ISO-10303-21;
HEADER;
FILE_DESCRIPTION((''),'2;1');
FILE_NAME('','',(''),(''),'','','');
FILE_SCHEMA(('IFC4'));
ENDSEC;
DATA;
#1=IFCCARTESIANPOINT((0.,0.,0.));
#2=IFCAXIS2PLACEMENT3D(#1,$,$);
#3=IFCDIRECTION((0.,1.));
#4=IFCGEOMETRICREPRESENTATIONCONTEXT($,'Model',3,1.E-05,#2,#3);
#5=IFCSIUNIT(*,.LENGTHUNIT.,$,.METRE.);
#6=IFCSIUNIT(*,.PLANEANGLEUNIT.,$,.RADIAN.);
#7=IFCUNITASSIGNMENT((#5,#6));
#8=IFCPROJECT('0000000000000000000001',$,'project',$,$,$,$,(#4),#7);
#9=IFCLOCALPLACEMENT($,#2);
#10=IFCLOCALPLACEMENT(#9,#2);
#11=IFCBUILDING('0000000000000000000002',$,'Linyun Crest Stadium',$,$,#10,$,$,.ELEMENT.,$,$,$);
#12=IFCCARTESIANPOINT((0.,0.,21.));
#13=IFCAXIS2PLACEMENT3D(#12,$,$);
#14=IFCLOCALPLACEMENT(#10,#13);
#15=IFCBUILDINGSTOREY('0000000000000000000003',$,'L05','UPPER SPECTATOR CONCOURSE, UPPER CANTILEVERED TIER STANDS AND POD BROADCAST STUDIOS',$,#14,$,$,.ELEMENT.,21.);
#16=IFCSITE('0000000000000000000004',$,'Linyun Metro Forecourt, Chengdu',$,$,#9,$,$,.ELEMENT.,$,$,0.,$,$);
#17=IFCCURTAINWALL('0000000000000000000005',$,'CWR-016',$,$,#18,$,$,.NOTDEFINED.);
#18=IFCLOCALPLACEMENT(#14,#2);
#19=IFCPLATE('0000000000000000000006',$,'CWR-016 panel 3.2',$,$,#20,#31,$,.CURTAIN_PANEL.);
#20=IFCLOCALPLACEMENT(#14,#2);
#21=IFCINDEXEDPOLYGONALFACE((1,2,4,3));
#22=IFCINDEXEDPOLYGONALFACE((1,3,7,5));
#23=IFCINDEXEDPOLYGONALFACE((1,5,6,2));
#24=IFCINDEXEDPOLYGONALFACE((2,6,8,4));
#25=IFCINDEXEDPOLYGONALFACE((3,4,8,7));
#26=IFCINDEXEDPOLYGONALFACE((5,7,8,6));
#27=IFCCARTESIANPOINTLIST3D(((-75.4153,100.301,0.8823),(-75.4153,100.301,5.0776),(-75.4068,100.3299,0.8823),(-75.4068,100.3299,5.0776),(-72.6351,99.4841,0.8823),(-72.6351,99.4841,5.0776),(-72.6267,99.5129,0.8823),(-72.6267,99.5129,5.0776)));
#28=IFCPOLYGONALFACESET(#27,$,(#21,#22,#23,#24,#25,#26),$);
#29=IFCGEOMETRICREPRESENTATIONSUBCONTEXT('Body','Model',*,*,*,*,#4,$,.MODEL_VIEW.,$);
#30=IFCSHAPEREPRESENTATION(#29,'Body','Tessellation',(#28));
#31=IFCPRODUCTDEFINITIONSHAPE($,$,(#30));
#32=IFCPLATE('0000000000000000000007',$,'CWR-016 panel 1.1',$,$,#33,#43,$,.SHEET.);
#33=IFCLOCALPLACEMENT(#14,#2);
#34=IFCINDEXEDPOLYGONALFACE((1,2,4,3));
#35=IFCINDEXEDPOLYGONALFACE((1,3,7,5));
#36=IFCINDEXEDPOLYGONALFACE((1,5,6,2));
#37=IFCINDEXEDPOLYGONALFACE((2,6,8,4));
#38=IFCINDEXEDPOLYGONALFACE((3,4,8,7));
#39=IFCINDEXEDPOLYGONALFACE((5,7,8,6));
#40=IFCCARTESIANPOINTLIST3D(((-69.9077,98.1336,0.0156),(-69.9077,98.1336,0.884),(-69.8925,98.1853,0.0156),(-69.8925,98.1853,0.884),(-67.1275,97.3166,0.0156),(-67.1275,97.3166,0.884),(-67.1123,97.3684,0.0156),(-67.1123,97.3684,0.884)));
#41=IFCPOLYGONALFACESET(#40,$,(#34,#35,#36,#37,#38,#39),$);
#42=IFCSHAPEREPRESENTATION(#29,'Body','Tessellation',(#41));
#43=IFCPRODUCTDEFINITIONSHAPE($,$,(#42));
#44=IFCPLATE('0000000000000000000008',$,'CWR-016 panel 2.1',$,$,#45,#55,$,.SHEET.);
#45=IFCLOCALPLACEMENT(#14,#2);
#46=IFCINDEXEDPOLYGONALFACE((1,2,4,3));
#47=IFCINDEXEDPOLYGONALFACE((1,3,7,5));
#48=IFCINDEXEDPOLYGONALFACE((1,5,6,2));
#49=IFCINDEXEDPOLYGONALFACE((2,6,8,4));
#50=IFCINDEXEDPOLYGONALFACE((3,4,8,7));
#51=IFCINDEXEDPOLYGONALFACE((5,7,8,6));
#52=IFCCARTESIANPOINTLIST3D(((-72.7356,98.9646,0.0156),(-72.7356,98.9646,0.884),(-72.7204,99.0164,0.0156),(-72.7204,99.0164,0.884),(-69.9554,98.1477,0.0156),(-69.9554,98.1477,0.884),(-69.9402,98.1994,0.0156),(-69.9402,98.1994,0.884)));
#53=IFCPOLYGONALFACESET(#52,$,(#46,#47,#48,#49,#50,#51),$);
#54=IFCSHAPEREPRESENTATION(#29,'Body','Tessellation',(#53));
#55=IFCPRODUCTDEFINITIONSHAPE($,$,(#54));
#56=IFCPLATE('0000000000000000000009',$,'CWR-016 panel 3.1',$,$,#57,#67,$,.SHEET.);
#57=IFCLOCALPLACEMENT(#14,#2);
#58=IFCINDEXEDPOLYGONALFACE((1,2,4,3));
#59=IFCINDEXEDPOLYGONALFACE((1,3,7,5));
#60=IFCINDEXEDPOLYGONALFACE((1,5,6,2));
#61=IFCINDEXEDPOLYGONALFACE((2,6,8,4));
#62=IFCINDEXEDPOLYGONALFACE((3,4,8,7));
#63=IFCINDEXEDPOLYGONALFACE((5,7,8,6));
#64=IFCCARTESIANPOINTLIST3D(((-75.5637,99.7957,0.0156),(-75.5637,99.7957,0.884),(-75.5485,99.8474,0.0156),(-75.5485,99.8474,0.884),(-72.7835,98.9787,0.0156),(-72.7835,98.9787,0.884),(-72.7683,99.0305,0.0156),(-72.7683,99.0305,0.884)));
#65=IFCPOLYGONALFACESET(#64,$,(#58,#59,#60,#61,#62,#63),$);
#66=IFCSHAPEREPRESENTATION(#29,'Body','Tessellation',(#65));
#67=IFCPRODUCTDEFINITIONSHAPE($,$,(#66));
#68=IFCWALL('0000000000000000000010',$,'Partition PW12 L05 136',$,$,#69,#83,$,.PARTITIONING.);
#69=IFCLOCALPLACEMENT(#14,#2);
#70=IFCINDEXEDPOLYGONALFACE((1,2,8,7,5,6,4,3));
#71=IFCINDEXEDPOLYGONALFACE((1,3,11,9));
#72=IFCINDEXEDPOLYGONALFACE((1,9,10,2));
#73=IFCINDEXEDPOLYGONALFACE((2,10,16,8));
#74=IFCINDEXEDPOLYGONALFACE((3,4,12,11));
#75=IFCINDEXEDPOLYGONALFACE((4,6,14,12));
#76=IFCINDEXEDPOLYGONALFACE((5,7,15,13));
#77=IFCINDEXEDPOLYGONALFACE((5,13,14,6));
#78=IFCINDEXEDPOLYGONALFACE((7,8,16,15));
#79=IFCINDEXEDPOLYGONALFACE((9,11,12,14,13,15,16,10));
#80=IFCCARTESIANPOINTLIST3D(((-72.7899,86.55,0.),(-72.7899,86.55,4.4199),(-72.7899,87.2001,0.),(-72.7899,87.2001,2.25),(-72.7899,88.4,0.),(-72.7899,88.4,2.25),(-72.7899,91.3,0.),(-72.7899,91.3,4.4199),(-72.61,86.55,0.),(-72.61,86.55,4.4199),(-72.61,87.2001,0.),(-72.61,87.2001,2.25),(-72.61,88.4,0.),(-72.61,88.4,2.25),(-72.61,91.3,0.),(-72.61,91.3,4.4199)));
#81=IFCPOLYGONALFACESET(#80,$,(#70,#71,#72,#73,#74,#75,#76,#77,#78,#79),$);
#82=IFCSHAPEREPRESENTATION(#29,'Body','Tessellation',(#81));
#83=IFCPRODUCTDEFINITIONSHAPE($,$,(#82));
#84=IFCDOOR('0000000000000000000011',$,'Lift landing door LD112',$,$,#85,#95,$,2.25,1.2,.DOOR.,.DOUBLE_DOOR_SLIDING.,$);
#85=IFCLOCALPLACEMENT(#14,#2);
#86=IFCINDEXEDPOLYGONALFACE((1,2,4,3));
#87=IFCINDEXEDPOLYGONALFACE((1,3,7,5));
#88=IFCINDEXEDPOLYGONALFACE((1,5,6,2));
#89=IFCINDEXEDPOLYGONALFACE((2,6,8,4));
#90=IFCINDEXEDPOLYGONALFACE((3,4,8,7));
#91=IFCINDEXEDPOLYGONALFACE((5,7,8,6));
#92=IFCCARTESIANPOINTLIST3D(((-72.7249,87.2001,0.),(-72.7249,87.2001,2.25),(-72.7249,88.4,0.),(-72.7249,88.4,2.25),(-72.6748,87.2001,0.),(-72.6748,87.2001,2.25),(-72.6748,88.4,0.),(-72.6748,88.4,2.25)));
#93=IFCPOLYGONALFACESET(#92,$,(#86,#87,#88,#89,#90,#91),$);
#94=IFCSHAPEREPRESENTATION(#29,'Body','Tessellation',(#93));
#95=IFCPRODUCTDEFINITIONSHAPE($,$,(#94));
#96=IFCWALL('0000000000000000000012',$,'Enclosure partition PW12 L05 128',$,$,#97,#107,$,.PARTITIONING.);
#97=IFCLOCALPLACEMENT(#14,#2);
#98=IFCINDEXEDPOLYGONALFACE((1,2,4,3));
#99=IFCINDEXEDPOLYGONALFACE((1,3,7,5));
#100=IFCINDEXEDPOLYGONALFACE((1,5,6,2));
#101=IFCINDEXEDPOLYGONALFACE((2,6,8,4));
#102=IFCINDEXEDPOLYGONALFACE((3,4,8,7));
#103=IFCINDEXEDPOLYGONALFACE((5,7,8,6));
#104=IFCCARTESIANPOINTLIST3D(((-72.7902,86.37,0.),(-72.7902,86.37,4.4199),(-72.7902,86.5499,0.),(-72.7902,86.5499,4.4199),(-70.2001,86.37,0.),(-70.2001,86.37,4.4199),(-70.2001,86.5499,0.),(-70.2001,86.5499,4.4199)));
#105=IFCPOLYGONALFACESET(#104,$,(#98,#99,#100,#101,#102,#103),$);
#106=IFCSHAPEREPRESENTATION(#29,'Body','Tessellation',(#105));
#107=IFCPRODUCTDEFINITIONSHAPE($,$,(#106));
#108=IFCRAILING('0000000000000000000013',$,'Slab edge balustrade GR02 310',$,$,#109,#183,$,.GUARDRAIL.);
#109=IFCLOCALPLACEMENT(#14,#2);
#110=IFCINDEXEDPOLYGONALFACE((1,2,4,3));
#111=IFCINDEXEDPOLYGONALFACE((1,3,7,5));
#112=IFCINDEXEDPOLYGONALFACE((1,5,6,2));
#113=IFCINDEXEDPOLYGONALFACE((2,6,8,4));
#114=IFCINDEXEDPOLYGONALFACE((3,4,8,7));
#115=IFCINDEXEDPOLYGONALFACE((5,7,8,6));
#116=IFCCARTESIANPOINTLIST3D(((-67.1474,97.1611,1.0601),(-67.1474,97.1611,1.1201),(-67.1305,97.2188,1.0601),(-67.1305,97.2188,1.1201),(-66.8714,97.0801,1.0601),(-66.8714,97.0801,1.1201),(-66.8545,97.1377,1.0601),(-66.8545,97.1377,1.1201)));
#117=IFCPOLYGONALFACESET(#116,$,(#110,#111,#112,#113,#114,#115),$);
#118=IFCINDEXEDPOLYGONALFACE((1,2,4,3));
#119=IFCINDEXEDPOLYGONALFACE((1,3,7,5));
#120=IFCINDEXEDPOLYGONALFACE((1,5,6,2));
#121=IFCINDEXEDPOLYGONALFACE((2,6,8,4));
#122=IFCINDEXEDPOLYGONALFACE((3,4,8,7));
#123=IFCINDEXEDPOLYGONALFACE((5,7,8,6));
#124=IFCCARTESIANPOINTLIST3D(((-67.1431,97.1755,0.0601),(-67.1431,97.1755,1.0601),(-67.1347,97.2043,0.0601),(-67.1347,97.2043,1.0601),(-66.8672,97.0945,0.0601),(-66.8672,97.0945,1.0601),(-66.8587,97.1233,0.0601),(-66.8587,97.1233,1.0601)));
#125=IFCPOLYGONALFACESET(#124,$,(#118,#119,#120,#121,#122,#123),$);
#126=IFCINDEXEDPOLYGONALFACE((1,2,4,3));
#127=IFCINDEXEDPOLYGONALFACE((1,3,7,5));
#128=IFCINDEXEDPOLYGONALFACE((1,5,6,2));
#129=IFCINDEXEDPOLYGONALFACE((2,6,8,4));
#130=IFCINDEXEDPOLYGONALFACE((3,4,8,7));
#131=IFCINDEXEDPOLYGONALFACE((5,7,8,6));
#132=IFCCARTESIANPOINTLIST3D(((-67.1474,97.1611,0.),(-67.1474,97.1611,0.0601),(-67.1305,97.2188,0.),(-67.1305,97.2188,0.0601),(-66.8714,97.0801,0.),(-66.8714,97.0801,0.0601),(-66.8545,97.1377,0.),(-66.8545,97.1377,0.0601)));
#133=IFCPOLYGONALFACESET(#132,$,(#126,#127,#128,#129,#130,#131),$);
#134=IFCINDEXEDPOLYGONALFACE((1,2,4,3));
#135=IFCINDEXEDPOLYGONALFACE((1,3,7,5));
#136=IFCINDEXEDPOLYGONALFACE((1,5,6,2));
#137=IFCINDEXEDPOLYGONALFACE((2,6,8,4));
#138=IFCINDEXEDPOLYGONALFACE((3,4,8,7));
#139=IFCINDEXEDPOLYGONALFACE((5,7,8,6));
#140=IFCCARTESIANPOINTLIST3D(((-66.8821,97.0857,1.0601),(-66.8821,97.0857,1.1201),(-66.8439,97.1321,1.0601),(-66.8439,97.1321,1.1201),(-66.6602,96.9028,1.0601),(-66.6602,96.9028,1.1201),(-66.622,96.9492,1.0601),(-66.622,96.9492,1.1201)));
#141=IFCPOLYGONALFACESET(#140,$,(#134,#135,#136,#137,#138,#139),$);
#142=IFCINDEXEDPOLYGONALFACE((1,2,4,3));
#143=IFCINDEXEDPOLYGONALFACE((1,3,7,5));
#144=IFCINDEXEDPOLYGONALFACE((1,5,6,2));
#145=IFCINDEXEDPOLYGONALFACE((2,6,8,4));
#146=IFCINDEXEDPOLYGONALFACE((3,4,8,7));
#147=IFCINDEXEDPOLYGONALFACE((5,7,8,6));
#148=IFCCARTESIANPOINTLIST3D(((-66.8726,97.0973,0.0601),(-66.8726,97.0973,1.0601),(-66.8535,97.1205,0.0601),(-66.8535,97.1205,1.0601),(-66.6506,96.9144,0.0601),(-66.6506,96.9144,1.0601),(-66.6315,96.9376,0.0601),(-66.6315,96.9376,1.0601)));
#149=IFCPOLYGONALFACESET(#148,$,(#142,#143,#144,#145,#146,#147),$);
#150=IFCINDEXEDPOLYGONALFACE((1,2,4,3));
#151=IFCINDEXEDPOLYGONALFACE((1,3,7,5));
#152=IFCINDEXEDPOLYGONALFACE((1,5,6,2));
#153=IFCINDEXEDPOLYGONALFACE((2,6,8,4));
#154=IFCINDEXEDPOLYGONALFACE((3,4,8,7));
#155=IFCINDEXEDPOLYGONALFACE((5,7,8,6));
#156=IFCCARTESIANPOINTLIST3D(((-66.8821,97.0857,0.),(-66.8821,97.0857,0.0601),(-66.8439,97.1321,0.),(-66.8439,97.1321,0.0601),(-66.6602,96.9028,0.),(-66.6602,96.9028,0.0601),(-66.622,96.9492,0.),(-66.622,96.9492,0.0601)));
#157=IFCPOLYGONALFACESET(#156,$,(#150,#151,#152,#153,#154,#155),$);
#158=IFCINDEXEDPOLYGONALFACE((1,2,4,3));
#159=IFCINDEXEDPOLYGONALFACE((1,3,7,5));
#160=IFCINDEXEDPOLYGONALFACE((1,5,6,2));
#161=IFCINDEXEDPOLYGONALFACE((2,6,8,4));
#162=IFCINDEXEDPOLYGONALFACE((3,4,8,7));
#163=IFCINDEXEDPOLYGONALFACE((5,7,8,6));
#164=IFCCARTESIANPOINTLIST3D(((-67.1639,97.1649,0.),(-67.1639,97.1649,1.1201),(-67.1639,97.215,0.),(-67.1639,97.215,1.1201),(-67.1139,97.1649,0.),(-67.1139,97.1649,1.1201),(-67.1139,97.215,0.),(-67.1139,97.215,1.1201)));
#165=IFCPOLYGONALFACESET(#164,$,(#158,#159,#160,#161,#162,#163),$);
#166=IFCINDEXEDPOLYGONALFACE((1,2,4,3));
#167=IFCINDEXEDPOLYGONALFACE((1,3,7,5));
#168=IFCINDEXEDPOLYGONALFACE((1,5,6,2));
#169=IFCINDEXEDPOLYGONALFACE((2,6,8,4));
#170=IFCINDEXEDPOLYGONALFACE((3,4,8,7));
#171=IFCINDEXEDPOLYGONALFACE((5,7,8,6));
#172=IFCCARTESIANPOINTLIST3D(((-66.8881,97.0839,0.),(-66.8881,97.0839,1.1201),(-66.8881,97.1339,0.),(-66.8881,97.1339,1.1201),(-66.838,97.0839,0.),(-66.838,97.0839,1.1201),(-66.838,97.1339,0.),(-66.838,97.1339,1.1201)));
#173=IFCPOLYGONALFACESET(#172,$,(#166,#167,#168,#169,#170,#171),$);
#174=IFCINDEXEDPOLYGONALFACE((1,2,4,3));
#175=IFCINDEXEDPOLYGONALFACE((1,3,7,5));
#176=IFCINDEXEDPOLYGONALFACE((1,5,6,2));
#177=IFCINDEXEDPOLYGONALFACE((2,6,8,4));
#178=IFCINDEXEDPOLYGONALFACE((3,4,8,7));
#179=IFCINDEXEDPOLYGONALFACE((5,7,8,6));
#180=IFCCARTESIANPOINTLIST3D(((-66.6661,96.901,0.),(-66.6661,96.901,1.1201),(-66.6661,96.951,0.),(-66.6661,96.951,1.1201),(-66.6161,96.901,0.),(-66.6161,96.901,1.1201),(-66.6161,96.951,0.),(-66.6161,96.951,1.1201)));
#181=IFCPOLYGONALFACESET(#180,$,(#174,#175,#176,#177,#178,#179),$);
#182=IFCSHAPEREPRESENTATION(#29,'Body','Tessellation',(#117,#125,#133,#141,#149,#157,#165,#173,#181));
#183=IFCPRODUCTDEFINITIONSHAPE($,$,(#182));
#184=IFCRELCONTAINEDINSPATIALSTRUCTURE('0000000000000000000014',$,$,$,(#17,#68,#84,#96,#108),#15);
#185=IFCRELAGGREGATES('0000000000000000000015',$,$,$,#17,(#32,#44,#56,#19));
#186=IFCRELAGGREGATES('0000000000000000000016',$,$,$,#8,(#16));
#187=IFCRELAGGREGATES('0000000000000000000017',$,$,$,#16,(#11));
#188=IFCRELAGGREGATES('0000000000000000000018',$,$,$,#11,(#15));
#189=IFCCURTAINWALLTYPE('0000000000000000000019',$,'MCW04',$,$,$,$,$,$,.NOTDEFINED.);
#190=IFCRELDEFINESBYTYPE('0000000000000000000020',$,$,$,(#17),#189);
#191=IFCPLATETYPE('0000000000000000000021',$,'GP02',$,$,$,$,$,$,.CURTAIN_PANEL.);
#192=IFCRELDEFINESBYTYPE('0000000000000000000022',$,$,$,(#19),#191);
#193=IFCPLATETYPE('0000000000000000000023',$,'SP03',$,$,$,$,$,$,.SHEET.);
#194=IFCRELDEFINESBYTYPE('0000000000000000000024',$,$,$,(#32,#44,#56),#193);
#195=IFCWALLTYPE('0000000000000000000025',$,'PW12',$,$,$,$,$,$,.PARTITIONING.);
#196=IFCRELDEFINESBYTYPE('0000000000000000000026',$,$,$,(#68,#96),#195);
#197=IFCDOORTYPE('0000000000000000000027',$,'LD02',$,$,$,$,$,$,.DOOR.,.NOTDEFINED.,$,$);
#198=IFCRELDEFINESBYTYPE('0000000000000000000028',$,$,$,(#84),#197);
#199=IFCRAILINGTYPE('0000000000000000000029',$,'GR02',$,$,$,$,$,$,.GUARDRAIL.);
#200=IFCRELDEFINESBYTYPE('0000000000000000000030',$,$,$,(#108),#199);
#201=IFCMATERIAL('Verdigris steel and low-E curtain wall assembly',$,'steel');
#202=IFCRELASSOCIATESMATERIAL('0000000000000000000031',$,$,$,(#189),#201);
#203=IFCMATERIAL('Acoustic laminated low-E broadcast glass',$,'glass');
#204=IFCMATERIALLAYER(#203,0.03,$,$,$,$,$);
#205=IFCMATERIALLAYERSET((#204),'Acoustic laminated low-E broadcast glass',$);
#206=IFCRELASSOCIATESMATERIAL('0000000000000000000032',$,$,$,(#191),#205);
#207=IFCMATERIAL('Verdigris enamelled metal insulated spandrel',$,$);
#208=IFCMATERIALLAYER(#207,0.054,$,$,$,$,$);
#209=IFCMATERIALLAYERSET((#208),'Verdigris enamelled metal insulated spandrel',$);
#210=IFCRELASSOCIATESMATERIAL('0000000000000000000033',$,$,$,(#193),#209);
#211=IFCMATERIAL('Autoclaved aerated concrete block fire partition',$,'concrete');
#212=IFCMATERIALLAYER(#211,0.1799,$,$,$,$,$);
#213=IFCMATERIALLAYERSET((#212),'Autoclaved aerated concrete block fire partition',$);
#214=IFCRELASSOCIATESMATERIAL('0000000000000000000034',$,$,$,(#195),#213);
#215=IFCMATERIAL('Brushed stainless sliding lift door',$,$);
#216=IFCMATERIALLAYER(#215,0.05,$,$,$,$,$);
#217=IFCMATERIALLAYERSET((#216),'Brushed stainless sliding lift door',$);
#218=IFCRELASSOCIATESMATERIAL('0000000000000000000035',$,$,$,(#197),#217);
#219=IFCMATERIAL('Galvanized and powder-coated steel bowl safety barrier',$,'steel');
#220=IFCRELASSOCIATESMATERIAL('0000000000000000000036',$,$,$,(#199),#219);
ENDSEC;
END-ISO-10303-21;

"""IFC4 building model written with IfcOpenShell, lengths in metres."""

from ifc_helpers import new_model, si_unit, direction, frame, frame_2d, origin, origin_2d, place, context, subcontext, project, spatial, rectangle, extrude, material, layer, layer_set, type_object, element, fill, aggregate, save


model = new_model("IFC4")

# Units and contexts
model_context = context("Model", 3, precision=1e-05, world=origin(), true_north=direction((0.0, 1.0)))
body_context = subcontext(model_context, "Body", "Model", "MODEL_VIEW")
ifc_project = project(units=[si_unit("LENGTHUNIT", "METRE"), si_unit("PLANEANGLEUNIT", "RADIAN")], contexts=[model_context])

# Site, building, storey
site_placement = place(None, origin())
site = spatial("IfcSite", under=ifc_project, at=site_placement, Name="Linyun Metro Forecourt, Chengdu", CompositionType="ELEMENT", RefElevation=0.0)
building_placement = place(site_placement, origin())
building = spatial("IfcBuilding", under=site, at=building_placement, Name="Linyun Crest Stadium", CompositionType="ELEMENT")
storey_placement = place(building_placement, frame((0.0, 0.0, 21.0)))
storey = spatial("IfcBuildingStorey", under=building, at=storey_placement, Name="L05", Description="UPPER SPECTATOR CONCOURSE, UPPER CANTILEVERED TIER STANDS AND POD BROADCAST STUDIOS", CompositionType="ELEMENT", Elevation=21.0)

# Curtain wall, plates
ifc_material_1 = material(Name="Verdigris steel and low-E curtain wall assembly", Category="steel")
curtain_wall_type = type_object("IfcCurtainWallType", Name="MCW04", PredefinedType="NOTDEFINED", material=ifc_material_1)
curtain_wall_placement = place(storey_placement, origin())
curtain_wall = element("IfcCurtainWall", 1, at=curtain_wall_placement, inside=storey, type_object=curtain_wall_type, Name="CWR-016", PredefinedType="NOTDEFINED")
ifc_material_2 = material(Name="Acoustic laminated low-E broadcast glass", Category="glass")
ifc_layer_1 = layer(ifc_material_2, 0.03)
ifc_layer_set_1 = layer_set([ifc_layer_1], Name="Acoustic laminated low-E broadcast glass")
plate_type_1 = type_object("IfcPlateType", Name="GP02", PredefinedType="CURTAIN_PANEL", material=ifc_layer_set_1)
plate_1_placement = place(storey_placement, frame((-74.021, 99.907, 0.8823), z_axis=(0.0, 0.0, 1.0), x_axis=(-0.959437, 0.281923, 0.0)))
plate_1 = element("IfcPlate", 2, at=plate_1_placement, type_object=plate_type_1, Name="CWR-016 panel 3.2", PredefinedType="CURTAIN_PANEL", context=body_context, shape_type="SweptSolid", body=[
    extrude(rectangle(XDim=2.8977, YDim=0.03, at=origin_2d()), origin(), (0.0, 0.0, 1.0), 4.1953),
])
ifc_material_3 = material(Name="Verdigris enamelled metal insulated spandrel")
ifc_layer_2 = layer(ifc_material_3, 0.054)
ifc_layer_set_2 = layer_set([ifc_layer_2], Name="Verdigris enamelled metal insulated spandrel")
plate_type_2 = type_object("IfcPlateType", Name="SP03", PredefinedType="SHEET", material=ifc_layer_set_2)
plate_2_placement = place(storey_placement, frame((-68.51, 97.751, 0.0156), z_axis=(0.0, 0.0, 1.0), x_axis=(-0.959437, 0.281923, 0.0)))
plate_2 = element("IfcPlate", 3, at=plate_2_placement, type_object=plate_type_2, Name="CWR-016 panel 1.1", PredefinedType="SHEET", context=body_context, shape_type="SweptSolid", body=[
    extrude(rectangle(XDim=2.8977, YDim=0.054, at=origin_2d()), origin(), (0.0, 0.0, 1.0), 0.8684),
])
plate_3_placement = place(storey_placement, frame((-71.3379, 98.582, 0.0156), z_axis=(0.0, 0.0, 1.0), x_axis=(-0.959437, 0.281923, 0.0)))
plate_3 = element("IfcPlate", 4, at=plate_3_placement, type_object=plate_type_2, Name="CWR-016 panel 2.1", PredefinedType="SHEET", context=body_context, shape_type="SweptSolid", body=[
    extrude(rectangle(XDim=2.8977, YDim=0.054, at=origin_2d()), origin(), (0.0, 0.0, 1.0), 0.8684),
])
plate_4_placement = place(storey_placement, frame((-74.166, 99.4131, 0.0156), z_axis=(0.0, 0.0, 1.0), x_axis=(-0.959437, 0.281923, 0.0)))
plate_4 = element("IfcPlate", 5, at=plate_4_placement, type_object=plate_type_2, Name="CWR-016 panel 3.1", PredefinedType="SHEET", context=body_context, shape_type="SweptSolid", body=[
    extrude(rectangle(XDim=2.8977, YDim=0.054, at=origin_2d()), origin(), (0.0, 0.0, 1.0), 0.8684),
])
aggregate(curtain_wall, [plate_2, plate_3, plate_4, plate_1])

# Wall, opening, door
ifc_material_4 = material(Name="Autoclaved aerated concrete block fire partition", Category="concrete")
ifc_layer_3 = layer(ifc_material_4, 0.1799)
ifc_layer_set_3 = layer_set([ifc_layer_3], Name="Autoclaved aerated concrete block fire partition")
wall_type = type_object("IfcWallType", Name="PW12", PredefinedType="PARTITIONING", material=ifc_layer_set_3)
wall_1_placement = place(storey_placement, frame((-72.7, 86.55, 0.0), z_axis=(0.0, 0.0, 1.0), x_axis=(0.0, 1.0, 0.0)))
wall_1 = element("IfcWall", 6, at=wall_1_placement, inside=storey, type_object=wall_type, Name="Partition PW12 L05 136", PredefinedType="PARTITIONING", context=body_context, shape_type="SweptSolid", body=[
    extrude(rectangle(XDim=4.75, YDim=0.1799, at=frame_2d((2.375, 0.0))), origin(), (0.0, 0.0, 1.0), 4.4199),
])
opening_placement = place(wall_1_placement, frame((0.6499, 0.0, 0.0)))
opening = element("IfcOpeningElement", 7, at=opening_placement, cuts=wall_1, PredefinedType="OPENING", context=body_context, shape_type="SweptSolid", body=[
    extrude(rectangle(XDim=1.2, YDim=2.25, at=frame_2d((0.6001, 1.125))), frame((0.0, 0.0999, 0.0), z_axis=(0.0, -1.0, 0.0), x_axis=(1.0, 0.0, 0.0)), (0.0, 0.0, 1.0), 0.2),
])
ifc_material_5 = material(Name="Brushed stainless sliding lift door")
ifc_layer_4 = layer(ifc_material_5, 0.05)
ifc_layer_set_4 = layer_set([ifc_layer_4], Name="Brushed stainless sliding lift door")
door_type = type_object("IfcDoorType", Name="LD02", OperationType="NOTDEFINED", PredefinedType="DOOR", material=ifc_layer_set_4)
door_placement = place(opening_placement, origin())
door = element("IfcDoor", 8, at=door_placement, inside=storey, type_object=door_type, Name="Lift landing door LD112", OperationType="DOUBLE_DOOR_SLIDING", OverallHeight=2.25, OverallWidth=1.2, PredefinedType="DOOR", context=body_context, shape_type="SweptSolid", body=[
    extrude(rectangle(XDim=1.2, YDim=2.25, at=frame_2d((0.6001, 1.125))), frame((0.0, 0.0249, 0.0), z_axis=(0.0, -1.0, 0.0), x_axis=(1.0, 0.0, 0.0)), (0.0, 0.0, 1.0), 0.05),
])
fill(opening, door)

# Wall
wall_2_placement = place(storey_placement, frame((-72.79, 86.46, 0.0), z_axis=(0.0, 0.0, 1.0), x_axis=(1.0, 0.0, 0.0)))
element("IfcWall", 9, at=wall_2_placement, inside=storey, type_object=wall_type, Name="Enclosure partition PW12 L05 128", PredefinedType="PARTITIONING", context=body_context, shape_type="SweptSolid", body=[
    extrude(rectangle(XDim=2.5901, YDim=0.1799, at=frame_2d((1.2949, 0.0))), origin(), (0.0, 0.0, 1.0), 4.4199),
])

# Railing
ifc_material_6 = material(Name="Galvanized and powder-coated steel bowl safety barrier", Category="steel")
railing_type = type_object("IfcRailingType", Name="GR02", PredefinedType="GUARDRAIL", material=ifc_material_6)
railing_1_placement = place(storey_placement, frame((-67.1389, 97.1899, 0.0)))
element("IfcRailing", 10, at=railing_1_placement, inside=storey, type_object=railing_type, Name="Slab edge balustrade GR02 310", PredefinedType="GUARDRAIL", context=body_context, shape_type="SweptSolid", body=[
    extrude(rectangle(XDim=0.0601, YDim=0.0601, at=origin_2d()), frame((0.0, 0.0, 1.0901), z_axis=(0.959447, -0.281891, 0.0), x_axis=(0.281891, 0.959447, 0.0)), (0.0, 0.0, 1.0), 0.2876),
    extrude(rectangle(XDim=0.03, YDim=1.0, at=origin_2d()), frame((0.0, 0.0, 0.5601), z_axis=(0.959447, -0.281891, 0.0), x_axis=(0.281891, 0.959447, 0.0)), (0.0, 0.0, 1.0), 0.2876),
    extrude(rectangle(XDim=0.0601, YDim=0.0601, at=origin_2d()), frame((0.0, 0.0, 0.03), z_axis=(0.959447, -0.281891, 0.0), x_axis=(0.281891, 0.959447, 0.0)), (0.0, 0.0, 1.0), 0.2876),
    extrude(rectangle(XDim=0.0601, YDim=0.0601, at=origin_2d()), frame((0.2759, -0.0811, 1.0901), z_axis=(0.771759, -0.635916, 0.0), x_axis=(0.635916, 0.771759, 0.0)), (0.0, 0.0, 1.0), 0.2876),
    extrude(rectangle(XDim=0.03, YDim=1.0, at=origin_2d()), frame((0.2759, -0.0811, 0.5601), z_axis=(0.771759, -0.635916, 0.0), x_axis=(0.635916, 0.771759, 0.0)), (0.0, 0.0, 1.0), 0.2876),
    extrude(rectangle(XDim=0.0601, YDim=0.0601, at=origin_2d()), frame((0.2759, -0.0811, 0.03), z_axis=(0.771759, -0.635916, 0.0), x_axis=(0.635916, 0.771759, 0.0)), (0.0, 0.0, 1.0), 0.2876),
    extrude(rectangle(XDim=0.05, YDim=0.05, at=origin_2d()), origin(), (0.0, 0.0, 1.0), 1.1201),
    extrude(rectangle(XDim=0.05, YDim=0.05, at=origin_2d()), frame((0.2759, -0.0811, 0.0)), (0.0, 0.0, 1.0), 1.1201),
    extrude(rectangle(XDim=0.05, YDim=0.05, at=origin_2d()), frame((0.4978, -0.2639, 0.0)), (0.0, 0.0, 1.0), 1.1201),
])

save(model, "model.ifc")
